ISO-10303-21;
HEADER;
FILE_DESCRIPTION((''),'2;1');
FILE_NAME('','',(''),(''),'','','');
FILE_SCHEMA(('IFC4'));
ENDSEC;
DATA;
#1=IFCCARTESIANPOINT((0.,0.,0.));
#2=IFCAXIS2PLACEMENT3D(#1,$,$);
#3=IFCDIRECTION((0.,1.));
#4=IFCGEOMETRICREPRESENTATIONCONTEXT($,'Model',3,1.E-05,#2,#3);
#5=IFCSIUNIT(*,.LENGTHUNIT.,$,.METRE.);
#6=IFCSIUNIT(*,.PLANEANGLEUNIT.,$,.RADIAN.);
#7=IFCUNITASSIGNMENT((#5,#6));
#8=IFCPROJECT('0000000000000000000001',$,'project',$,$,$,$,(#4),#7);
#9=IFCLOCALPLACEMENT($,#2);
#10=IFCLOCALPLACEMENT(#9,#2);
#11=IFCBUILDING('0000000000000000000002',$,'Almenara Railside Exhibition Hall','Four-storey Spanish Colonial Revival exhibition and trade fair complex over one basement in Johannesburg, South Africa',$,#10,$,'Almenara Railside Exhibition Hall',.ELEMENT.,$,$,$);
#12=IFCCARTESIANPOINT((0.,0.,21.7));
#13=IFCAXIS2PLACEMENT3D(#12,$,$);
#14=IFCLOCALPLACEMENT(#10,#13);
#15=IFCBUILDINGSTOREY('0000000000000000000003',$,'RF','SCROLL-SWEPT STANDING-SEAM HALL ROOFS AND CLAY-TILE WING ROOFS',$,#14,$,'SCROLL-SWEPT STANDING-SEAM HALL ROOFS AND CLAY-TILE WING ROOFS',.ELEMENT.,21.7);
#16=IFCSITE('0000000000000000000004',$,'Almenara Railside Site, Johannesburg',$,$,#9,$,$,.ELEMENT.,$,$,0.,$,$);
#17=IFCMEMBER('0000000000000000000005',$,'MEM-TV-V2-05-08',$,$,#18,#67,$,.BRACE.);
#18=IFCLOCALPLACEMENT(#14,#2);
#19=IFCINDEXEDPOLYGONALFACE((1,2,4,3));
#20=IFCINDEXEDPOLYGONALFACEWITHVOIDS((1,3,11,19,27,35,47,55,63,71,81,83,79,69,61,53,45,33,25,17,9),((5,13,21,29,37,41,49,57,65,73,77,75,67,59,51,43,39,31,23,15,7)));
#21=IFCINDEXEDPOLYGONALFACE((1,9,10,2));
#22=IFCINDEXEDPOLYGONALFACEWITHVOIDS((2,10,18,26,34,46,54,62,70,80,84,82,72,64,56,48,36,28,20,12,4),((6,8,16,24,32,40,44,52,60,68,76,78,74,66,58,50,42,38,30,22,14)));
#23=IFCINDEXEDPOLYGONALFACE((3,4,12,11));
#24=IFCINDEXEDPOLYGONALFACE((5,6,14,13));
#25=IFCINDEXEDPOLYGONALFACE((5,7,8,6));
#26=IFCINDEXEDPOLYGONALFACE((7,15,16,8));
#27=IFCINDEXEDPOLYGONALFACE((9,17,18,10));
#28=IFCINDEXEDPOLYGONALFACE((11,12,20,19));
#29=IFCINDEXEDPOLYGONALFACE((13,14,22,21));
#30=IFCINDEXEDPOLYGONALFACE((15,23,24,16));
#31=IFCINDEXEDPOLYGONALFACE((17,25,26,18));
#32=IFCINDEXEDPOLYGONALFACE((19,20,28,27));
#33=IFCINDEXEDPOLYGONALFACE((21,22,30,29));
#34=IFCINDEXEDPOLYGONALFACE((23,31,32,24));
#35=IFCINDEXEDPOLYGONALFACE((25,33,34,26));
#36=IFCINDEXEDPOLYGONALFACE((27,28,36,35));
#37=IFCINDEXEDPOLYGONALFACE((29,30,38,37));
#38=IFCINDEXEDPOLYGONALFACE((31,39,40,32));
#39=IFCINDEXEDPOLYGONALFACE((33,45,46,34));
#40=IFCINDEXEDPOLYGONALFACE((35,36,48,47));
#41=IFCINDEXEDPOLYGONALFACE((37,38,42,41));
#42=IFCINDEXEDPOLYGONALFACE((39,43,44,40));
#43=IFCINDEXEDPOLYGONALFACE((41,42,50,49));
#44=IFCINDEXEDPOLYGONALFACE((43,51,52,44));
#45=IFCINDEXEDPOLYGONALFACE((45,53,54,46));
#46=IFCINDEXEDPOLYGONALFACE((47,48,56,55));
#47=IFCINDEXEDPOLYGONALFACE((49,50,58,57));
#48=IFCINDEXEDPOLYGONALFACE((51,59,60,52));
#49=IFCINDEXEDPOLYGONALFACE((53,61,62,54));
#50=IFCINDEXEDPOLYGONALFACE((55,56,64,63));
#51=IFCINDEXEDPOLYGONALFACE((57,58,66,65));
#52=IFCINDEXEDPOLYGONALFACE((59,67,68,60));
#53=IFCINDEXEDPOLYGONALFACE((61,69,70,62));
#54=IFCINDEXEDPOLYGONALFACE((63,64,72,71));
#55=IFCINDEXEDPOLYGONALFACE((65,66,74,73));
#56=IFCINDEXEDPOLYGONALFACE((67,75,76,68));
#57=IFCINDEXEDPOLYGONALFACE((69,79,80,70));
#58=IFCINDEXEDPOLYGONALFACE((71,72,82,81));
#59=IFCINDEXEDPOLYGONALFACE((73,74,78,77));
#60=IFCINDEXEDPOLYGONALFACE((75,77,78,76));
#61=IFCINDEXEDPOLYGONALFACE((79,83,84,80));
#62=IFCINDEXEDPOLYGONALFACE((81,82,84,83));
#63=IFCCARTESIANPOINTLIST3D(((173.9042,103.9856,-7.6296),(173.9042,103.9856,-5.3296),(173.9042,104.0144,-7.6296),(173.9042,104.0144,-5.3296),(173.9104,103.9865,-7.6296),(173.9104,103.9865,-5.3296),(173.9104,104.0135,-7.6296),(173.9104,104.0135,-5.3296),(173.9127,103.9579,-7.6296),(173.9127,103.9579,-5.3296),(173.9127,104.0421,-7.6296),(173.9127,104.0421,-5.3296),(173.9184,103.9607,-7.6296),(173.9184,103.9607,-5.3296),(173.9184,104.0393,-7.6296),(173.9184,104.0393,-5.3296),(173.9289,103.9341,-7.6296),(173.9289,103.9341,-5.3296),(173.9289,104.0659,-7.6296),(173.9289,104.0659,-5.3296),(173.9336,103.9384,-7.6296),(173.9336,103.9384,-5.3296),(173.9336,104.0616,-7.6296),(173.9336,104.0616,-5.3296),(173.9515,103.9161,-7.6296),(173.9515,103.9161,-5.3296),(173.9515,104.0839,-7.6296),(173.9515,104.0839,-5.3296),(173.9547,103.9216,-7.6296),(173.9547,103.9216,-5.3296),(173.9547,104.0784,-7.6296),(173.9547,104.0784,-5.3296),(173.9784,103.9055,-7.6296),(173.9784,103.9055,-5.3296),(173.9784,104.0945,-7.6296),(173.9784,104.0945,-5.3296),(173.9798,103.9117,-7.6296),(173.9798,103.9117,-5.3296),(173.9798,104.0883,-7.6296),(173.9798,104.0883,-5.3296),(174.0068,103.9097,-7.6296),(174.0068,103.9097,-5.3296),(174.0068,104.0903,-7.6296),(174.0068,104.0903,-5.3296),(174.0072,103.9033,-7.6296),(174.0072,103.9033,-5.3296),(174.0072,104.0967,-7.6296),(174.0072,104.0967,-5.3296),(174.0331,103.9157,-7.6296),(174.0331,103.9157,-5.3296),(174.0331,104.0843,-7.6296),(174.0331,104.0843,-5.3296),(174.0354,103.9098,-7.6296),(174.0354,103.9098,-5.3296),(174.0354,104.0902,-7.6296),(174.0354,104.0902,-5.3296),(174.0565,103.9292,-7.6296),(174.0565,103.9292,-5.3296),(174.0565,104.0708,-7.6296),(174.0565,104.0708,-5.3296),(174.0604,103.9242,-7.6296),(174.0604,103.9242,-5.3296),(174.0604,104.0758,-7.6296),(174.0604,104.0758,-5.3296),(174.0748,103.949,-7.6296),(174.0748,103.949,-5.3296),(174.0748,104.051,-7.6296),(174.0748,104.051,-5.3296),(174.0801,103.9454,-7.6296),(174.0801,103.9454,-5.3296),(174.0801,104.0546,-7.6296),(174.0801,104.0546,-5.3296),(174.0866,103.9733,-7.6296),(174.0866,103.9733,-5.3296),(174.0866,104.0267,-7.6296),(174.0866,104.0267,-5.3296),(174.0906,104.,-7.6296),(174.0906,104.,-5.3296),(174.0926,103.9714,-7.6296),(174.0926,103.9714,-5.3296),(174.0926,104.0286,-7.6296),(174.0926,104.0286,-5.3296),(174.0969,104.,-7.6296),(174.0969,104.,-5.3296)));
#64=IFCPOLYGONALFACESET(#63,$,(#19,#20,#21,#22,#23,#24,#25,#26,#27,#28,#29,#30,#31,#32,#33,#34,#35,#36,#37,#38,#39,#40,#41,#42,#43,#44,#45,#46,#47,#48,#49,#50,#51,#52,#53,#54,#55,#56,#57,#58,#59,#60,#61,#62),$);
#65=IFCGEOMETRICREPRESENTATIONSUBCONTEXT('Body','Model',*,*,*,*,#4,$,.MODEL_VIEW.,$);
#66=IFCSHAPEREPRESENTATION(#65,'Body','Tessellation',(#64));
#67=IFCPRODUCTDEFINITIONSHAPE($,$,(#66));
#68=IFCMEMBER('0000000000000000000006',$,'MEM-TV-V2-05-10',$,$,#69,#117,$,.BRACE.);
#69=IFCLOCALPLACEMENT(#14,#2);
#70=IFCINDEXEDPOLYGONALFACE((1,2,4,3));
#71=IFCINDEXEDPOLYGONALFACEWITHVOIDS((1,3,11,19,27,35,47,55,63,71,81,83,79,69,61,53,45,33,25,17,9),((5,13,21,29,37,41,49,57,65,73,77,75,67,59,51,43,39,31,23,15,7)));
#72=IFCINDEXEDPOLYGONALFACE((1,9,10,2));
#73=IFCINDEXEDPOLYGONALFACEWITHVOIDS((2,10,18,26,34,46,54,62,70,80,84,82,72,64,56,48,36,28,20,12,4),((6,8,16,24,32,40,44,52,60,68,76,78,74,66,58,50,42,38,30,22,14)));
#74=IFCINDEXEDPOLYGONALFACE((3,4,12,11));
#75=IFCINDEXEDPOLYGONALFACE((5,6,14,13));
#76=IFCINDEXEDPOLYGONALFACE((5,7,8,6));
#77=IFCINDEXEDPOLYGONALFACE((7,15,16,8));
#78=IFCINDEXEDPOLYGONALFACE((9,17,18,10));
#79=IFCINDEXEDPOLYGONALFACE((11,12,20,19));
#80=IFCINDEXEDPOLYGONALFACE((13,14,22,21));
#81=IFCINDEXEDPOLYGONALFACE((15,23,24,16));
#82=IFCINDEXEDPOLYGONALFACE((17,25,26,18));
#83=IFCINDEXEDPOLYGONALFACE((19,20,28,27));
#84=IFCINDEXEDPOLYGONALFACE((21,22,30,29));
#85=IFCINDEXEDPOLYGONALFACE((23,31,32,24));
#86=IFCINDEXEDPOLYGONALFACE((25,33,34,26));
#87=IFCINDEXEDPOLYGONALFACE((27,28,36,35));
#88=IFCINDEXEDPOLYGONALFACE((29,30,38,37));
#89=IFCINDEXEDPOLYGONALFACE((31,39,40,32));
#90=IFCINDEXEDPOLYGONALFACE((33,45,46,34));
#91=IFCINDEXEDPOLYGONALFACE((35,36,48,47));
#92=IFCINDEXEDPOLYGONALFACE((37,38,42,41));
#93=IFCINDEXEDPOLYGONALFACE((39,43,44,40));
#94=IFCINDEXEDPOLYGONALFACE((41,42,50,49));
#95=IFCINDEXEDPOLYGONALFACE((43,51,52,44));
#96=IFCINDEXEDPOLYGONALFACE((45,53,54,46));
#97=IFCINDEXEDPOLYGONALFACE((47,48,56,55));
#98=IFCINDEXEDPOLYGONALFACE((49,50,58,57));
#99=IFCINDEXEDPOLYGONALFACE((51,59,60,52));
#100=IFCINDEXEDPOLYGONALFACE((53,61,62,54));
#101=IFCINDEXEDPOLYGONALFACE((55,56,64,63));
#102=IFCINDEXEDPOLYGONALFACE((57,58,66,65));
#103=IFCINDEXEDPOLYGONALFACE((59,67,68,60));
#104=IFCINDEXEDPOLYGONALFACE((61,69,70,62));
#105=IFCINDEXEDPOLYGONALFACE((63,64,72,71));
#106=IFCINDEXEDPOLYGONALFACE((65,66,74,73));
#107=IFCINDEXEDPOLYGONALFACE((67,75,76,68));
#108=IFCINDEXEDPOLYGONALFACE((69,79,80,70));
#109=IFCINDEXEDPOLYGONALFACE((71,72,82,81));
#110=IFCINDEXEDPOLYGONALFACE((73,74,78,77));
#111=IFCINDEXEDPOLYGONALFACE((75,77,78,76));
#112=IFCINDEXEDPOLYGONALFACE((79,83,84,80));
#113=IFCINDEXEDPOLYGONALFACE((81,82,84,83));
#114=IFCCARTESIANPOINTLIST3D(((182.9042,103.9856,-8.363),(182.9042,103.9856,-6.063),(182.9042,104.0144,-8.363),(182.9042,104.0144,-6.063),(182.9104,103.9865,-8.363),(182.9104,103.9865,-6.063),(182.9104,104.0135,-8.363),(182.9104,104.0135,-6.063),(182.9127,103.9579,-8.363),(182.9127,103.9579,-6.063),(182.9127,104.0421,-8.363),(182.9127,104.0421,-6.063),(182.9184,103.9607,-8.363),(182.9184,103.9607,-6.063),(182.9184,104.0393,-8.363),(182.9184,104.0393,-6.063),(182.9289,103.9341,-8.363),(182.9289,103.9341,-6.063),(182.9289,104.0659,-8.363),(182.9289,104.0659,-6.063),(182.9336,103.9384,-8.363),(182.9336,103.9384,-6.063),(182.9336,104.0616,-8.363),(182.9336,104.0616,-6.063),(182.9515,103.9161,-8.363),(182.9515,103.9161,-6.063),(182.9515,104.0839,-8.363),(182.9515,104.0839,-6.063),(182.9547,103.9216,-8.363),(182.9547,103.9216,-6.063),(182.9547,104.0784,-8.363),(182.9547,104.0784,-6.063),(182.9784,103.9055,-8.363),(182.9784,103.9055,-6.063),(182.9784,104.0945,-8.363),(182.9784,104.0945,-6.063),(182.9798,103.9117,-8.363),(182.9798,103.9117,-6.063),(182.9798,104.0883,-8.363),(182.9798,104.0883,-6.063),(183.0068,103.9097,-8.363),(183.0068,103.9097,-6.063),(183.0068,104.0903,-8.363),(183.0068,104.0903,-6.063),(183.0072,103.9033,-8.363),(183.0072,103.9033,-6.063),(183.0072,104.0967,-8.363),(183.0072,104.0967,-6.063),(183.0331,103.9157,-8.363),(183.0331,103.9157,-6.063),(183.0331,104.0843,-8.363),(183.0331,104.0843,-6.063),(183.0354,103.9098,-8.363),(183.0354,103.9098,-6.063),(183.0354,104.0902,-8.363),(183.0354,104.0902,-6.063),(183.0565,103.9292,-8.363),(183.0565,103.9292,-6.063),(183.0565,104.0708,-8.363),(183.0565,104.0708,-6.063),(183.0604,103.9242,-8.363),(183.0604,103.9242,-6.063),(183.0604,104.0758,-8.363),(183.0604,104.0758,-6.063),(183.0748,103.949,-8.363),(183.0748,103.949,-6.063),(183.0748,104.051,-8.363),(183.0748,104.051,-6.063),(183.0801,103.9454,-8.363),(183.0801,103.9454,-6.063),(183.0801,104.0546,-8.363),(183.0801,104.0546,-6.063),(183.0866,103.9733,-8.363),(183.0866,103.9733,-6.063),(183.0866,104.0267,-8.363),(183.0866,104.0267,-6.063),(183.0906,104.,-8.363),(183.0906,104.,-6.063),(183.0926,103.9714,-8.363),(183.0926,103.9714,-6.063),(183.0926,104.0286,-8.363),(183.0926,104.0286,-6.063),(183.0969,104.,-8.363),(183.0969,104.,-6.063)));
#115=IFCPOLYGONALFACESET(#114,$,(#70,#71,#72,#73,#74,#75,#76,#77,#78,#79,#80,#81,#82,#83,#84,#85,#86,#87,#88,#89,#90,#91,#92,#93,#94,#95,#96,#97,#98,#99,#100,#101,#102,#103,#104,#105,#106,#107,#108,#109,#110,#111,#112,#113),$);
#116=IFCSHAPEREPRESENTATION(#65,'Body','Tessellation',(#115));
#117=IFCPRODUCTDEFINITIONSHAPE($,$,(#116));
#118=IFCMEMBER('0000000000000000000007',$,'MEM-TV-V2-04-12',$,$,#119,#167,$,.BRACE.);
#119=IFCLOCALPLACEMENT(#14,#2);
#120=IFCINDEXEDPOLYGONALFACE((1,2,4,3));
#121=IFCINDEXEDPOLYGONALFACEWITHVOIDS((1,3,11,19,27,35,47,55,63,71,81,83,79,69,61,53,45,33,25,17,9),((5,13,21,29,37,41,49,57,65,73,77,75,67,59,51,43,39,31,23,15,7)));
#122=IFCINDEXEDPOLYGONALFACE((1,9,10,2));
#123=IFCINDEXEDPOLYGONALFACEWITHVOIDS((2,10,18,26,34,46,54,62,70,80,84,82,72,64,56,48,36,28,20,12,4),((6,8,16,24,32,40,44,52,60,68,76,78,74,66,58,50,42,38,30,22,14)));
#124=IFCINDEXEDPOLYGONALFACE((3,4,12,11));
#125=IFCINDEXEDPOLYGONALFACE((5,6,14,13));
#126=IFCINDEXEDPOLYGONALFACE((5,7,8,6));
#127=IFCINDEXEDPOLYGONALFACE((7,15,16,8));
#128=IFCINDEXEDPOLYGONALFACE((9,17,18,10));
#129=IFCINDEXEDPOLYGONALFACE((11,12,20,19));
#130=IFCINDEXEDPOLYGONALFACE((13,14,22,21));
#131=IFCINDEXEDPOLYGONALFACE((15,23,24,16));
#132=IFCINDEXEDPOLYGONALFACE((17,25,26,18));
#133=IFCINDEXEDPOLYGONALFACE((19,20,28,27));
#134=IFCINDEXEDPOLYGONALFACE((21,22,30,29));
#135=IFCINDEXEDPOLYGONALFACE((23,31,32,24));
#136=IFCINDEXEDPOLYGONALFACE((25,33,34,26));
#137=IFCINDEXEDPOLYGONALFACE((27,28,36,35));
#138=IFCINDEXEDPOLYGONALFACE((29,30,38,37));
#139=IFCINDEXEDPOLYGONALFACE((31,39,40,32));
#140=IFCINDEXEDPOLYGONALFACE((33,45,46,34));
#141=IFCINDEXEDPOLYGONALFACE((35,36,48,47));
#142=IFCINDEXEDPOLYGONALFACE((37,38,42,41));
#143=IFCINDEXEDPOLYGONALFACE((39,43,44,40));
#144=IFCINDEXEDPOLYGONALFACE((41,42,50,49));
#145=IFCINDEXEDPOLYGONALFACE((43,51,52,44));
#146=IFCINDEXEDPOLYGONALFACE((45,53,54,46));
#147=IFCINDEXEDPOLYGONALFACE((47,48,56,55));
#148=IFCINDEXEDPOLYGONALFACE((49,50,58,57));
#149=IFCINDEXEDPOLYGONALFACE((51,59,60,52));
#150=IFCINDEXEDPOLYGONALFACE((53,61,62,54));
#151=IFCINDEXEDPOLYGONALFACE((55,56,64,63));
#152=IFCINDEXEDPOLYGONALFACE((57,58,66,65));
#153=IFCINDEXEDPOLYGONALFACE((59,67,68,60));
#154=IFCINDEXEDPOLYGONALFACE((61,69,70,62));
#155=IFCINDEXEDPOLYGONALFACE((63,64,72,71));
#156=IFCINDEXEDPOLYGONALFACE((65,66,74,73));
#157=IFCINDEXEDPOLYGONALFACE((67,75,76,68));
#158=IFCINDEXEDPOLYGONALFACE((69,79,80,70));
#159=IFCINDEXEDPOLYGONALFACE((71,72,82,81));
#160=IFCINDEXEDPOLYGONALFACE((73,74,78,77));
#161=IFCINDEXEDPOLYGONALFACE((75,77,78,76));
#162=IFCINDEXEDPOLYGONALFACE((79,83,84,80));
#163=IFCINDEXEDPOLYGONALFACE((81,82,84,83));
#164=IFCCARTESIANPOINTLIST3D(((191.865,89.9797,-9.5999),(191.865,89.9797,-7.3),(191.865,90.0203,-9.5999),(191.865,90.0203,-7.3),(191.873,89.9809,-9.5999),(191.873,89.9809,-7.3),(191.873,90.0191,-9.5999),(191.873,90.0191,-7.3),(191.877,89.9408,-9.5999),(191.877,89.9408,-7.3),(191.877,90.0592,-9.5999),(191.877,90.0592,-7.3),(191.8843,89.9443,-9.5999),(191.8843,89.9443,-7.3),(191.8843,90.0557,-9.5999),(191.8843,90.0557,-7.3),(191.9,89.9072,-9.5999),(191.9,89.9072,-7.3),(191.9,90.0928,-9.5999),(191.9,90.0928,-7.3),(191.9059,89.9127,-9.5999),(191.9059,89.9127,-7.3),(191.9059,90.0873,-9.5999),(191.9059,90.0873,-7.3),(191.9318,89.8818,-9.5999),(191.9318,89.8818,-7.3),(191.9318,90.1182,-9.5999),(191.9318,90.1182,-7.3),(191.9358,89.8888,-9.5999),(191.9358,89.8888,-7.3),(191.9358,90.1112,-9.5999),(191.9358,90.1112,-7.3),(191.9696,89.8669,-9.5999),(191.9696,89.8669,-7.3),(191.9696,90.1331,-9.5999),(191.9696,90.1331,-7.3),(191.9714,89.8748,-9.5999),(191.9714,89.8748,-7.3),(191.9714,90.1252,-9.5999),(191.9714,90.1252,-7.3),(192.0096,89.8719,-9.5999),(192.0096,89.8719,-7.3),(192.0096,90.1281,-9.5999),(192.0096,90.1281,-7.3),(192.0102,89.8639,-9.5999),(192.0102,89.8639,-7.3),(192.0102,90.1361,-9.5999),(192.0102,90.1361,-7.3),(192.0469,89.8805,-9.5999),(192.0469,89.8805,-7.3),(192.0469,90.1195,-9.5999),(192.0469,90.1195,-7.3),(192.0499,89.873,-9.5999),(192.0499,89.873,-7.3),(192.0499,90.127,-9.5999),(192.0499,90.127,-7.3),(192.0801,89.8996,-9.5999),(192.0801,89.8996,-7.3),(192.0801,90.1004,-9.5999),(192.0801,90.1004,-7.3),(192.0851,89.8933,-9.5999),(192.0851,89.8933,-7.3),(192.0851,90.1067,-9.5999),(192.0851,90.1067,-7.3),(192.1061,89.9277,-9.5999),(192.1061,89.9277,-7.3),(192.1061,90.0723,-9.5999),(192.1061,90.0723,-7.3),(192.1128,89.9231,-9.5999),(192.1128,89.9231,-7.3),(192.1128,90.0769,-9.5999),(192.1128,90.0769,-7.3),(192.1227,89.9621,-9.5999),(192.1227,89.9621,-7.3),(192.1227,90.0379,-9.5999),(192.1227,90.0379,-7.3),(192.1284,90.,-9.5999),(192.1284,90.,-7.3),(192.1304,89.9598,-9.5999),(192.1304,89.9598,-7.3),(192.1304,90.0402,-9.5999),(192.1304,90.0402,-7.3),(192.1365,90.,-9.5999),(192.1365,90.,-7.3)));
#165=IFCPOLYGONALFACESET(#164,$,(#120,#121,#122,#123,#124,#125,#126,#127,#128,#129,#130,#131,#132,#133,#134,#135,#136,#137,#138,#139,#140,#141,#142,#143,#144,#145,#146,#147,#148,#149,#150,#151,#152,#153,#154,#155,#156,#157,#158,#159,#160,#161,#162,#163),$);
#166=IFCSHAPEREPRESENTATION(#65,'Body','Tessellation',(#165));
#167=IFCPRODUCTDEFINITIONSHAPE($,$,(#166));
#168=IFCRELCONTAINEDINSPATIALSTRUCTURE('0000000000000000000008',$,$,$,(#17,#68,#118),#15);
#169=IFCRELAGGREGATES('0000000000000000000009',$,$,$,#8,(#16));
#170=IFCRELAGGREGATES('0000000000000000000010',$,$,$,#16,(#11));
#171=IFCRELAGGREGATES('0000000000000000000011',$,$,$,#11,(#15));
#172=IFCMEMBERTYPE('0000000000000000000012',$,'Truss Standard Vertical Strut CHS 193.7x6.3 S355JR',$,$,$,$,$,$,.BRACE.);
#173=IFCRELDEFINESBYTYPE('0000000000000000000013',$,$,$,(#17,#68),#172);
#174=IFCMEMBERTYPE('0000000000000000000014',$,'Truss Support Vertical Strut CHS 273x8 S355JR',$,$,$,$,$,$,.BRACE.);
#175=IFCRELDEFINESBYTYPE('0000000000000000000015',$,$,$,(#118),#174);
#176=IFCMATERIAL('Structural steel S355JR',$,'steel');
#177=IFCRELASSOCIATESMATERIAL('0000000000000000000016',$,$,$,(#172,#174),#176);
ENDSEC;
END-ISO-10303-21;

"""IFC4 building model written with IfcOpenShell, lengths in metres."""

from ifc_helpers import new_model, si_unit, direction, frame, origin, origin_2d, place, context, subcontext, project, spatial, hollow_circle, extrude, material, material_profile, profile_set, type_object, element, save


model = new_model("IFC4")

# Units and contexts
model_context = context("Model", 3, precision=1e-05, world=origin(), true_north=direction((0.0, 1.0)))
body_context = subcontext(model_context, "Body", "Model", "MODEL_VIEW")
ifc_project = project(units=[si_unit("LENGTHUNIT", "METRE"), si_unit("PLANEANGLEUNIT", "RADIAN")], contexts=[model_context])

# Site, building, storey
site_placement = place(None, origin())
site = spatial("IfcSite", under=ifc_project, at=site_placement, Name="Almenara Railside Site, Johannesburg", CompositionType="ELEMENT", RefElevation=0.0)
building_placement = place(site_placement, origin())
building = spatial("IfcBuilding", under=site, at=building_placement, Name="Almenara Railside Exhibition Hall", Description="Four-storey Spanish Colonial Revival exhibition and trade fair complex over one basement in Johannesburg, South Africa", LongName="Almenara Railside Exhibition Hall", CompositionType="ELEMENT")
storey_placement = place(building_placement, frame((0.0, 0.0, 21.7)))
storey = spatial("IfcBuildingStorey", under=building, at=storey_placement, Name="RF", Description="SCROLL-SWEPT STANDING-SEAM HALL ROOFS AND CLAY-TILE WING ROOFS", LongName="SCROLL-SWEPT STANDING-SEAM HALL ROOFS AND CLAY-TILE WING ROOFS", CompositionType="ELEMENT", Elevation=21.7)

# Shared definitions
ifc_material_1 = material(Name="Structural steel S355JR", Category="steel")

# Members
ifc_material_profile_1 = material_profile(ifc_material_1, hollow_circle(Radius=0.0969, WallThickness=0.0063, at=origin_2d()), Name="CHS 193.7x6.3")
ifc_profile_set_1 = profile_set([ifc_material_profile_1], Name="Structural steel S355JR")
member_type_1 = type_object("IfcMemberType", Name="Truss Standard Vertical Strut CHS 193.7x6.3 S355JR", PredefinedType="BRACE", material=ifc_profile_set_1)
for number, where, z_axis, x_axis, name in (
    (1, (174.0, 104.0, -7.6296), (0.0, 0.0, 1.0), (1.0, 0.0, 0.0), "MEM-TV-V2-05-08"),
    (2, (183.0, 104.0, -8.363), (0.0, 0.0, 1.0), (1.0, 0.0, 0.0), "MEM-TV-V2-05-10"),
):
    element("IfcMember", number, at=place(storey_placement, frame(where, z_axis=z_axis, x_axis=x_axis)), inside=storey, type_object=member_type_1, Name=name, PredefinedType="BRACE", context=body_context, shape_type="SweptSolid", body=[
        extrude(hollow_circle(Radius=0.0969, WallThickness=0.0063, at=origin_2d()), origin(), (0.0, 0.0, 1.0), 2.3),
    ])
ifc_material_profile_2 = material_profile(ifc_material_1, hollow_circle(Radius=0.1365, WallThickness=0.0081, at=origin_2d()), Name="CHS 273x8")
ifc_profile_set_2 = profile_set([ifc_material_profile_2], Name="Structural steel S355JR")
member_type_2 = type_object("IfcMemberType", Name="Truss Support Vertical Strut CHS 273x8 S355JR", PredefinedType="BRACE", material=ifc_profile_set_2)
member_1_placement = place(storey_placement, frame((192.0, 90.0, -9.5999), z_axis=(0.0, 0.0, 1.0), x_axis=(1.0, 0.0, 0.0)))
element("IfcMember", 3, at=member_1_placement, inside=storey, type_object=member_type_2, Name="MEM-TV-V2-04-12", PredefinedType="BRACE", context=body_context, shape_type="SweptSolid", body=[
    extrude(hollow_circle(Radius=0.1365, WallThickness=0.0081, at=origin_2d()), origin(), (0.0, 0.0, 1.0), 2.2998),
])

save(model, "model.ifc")
